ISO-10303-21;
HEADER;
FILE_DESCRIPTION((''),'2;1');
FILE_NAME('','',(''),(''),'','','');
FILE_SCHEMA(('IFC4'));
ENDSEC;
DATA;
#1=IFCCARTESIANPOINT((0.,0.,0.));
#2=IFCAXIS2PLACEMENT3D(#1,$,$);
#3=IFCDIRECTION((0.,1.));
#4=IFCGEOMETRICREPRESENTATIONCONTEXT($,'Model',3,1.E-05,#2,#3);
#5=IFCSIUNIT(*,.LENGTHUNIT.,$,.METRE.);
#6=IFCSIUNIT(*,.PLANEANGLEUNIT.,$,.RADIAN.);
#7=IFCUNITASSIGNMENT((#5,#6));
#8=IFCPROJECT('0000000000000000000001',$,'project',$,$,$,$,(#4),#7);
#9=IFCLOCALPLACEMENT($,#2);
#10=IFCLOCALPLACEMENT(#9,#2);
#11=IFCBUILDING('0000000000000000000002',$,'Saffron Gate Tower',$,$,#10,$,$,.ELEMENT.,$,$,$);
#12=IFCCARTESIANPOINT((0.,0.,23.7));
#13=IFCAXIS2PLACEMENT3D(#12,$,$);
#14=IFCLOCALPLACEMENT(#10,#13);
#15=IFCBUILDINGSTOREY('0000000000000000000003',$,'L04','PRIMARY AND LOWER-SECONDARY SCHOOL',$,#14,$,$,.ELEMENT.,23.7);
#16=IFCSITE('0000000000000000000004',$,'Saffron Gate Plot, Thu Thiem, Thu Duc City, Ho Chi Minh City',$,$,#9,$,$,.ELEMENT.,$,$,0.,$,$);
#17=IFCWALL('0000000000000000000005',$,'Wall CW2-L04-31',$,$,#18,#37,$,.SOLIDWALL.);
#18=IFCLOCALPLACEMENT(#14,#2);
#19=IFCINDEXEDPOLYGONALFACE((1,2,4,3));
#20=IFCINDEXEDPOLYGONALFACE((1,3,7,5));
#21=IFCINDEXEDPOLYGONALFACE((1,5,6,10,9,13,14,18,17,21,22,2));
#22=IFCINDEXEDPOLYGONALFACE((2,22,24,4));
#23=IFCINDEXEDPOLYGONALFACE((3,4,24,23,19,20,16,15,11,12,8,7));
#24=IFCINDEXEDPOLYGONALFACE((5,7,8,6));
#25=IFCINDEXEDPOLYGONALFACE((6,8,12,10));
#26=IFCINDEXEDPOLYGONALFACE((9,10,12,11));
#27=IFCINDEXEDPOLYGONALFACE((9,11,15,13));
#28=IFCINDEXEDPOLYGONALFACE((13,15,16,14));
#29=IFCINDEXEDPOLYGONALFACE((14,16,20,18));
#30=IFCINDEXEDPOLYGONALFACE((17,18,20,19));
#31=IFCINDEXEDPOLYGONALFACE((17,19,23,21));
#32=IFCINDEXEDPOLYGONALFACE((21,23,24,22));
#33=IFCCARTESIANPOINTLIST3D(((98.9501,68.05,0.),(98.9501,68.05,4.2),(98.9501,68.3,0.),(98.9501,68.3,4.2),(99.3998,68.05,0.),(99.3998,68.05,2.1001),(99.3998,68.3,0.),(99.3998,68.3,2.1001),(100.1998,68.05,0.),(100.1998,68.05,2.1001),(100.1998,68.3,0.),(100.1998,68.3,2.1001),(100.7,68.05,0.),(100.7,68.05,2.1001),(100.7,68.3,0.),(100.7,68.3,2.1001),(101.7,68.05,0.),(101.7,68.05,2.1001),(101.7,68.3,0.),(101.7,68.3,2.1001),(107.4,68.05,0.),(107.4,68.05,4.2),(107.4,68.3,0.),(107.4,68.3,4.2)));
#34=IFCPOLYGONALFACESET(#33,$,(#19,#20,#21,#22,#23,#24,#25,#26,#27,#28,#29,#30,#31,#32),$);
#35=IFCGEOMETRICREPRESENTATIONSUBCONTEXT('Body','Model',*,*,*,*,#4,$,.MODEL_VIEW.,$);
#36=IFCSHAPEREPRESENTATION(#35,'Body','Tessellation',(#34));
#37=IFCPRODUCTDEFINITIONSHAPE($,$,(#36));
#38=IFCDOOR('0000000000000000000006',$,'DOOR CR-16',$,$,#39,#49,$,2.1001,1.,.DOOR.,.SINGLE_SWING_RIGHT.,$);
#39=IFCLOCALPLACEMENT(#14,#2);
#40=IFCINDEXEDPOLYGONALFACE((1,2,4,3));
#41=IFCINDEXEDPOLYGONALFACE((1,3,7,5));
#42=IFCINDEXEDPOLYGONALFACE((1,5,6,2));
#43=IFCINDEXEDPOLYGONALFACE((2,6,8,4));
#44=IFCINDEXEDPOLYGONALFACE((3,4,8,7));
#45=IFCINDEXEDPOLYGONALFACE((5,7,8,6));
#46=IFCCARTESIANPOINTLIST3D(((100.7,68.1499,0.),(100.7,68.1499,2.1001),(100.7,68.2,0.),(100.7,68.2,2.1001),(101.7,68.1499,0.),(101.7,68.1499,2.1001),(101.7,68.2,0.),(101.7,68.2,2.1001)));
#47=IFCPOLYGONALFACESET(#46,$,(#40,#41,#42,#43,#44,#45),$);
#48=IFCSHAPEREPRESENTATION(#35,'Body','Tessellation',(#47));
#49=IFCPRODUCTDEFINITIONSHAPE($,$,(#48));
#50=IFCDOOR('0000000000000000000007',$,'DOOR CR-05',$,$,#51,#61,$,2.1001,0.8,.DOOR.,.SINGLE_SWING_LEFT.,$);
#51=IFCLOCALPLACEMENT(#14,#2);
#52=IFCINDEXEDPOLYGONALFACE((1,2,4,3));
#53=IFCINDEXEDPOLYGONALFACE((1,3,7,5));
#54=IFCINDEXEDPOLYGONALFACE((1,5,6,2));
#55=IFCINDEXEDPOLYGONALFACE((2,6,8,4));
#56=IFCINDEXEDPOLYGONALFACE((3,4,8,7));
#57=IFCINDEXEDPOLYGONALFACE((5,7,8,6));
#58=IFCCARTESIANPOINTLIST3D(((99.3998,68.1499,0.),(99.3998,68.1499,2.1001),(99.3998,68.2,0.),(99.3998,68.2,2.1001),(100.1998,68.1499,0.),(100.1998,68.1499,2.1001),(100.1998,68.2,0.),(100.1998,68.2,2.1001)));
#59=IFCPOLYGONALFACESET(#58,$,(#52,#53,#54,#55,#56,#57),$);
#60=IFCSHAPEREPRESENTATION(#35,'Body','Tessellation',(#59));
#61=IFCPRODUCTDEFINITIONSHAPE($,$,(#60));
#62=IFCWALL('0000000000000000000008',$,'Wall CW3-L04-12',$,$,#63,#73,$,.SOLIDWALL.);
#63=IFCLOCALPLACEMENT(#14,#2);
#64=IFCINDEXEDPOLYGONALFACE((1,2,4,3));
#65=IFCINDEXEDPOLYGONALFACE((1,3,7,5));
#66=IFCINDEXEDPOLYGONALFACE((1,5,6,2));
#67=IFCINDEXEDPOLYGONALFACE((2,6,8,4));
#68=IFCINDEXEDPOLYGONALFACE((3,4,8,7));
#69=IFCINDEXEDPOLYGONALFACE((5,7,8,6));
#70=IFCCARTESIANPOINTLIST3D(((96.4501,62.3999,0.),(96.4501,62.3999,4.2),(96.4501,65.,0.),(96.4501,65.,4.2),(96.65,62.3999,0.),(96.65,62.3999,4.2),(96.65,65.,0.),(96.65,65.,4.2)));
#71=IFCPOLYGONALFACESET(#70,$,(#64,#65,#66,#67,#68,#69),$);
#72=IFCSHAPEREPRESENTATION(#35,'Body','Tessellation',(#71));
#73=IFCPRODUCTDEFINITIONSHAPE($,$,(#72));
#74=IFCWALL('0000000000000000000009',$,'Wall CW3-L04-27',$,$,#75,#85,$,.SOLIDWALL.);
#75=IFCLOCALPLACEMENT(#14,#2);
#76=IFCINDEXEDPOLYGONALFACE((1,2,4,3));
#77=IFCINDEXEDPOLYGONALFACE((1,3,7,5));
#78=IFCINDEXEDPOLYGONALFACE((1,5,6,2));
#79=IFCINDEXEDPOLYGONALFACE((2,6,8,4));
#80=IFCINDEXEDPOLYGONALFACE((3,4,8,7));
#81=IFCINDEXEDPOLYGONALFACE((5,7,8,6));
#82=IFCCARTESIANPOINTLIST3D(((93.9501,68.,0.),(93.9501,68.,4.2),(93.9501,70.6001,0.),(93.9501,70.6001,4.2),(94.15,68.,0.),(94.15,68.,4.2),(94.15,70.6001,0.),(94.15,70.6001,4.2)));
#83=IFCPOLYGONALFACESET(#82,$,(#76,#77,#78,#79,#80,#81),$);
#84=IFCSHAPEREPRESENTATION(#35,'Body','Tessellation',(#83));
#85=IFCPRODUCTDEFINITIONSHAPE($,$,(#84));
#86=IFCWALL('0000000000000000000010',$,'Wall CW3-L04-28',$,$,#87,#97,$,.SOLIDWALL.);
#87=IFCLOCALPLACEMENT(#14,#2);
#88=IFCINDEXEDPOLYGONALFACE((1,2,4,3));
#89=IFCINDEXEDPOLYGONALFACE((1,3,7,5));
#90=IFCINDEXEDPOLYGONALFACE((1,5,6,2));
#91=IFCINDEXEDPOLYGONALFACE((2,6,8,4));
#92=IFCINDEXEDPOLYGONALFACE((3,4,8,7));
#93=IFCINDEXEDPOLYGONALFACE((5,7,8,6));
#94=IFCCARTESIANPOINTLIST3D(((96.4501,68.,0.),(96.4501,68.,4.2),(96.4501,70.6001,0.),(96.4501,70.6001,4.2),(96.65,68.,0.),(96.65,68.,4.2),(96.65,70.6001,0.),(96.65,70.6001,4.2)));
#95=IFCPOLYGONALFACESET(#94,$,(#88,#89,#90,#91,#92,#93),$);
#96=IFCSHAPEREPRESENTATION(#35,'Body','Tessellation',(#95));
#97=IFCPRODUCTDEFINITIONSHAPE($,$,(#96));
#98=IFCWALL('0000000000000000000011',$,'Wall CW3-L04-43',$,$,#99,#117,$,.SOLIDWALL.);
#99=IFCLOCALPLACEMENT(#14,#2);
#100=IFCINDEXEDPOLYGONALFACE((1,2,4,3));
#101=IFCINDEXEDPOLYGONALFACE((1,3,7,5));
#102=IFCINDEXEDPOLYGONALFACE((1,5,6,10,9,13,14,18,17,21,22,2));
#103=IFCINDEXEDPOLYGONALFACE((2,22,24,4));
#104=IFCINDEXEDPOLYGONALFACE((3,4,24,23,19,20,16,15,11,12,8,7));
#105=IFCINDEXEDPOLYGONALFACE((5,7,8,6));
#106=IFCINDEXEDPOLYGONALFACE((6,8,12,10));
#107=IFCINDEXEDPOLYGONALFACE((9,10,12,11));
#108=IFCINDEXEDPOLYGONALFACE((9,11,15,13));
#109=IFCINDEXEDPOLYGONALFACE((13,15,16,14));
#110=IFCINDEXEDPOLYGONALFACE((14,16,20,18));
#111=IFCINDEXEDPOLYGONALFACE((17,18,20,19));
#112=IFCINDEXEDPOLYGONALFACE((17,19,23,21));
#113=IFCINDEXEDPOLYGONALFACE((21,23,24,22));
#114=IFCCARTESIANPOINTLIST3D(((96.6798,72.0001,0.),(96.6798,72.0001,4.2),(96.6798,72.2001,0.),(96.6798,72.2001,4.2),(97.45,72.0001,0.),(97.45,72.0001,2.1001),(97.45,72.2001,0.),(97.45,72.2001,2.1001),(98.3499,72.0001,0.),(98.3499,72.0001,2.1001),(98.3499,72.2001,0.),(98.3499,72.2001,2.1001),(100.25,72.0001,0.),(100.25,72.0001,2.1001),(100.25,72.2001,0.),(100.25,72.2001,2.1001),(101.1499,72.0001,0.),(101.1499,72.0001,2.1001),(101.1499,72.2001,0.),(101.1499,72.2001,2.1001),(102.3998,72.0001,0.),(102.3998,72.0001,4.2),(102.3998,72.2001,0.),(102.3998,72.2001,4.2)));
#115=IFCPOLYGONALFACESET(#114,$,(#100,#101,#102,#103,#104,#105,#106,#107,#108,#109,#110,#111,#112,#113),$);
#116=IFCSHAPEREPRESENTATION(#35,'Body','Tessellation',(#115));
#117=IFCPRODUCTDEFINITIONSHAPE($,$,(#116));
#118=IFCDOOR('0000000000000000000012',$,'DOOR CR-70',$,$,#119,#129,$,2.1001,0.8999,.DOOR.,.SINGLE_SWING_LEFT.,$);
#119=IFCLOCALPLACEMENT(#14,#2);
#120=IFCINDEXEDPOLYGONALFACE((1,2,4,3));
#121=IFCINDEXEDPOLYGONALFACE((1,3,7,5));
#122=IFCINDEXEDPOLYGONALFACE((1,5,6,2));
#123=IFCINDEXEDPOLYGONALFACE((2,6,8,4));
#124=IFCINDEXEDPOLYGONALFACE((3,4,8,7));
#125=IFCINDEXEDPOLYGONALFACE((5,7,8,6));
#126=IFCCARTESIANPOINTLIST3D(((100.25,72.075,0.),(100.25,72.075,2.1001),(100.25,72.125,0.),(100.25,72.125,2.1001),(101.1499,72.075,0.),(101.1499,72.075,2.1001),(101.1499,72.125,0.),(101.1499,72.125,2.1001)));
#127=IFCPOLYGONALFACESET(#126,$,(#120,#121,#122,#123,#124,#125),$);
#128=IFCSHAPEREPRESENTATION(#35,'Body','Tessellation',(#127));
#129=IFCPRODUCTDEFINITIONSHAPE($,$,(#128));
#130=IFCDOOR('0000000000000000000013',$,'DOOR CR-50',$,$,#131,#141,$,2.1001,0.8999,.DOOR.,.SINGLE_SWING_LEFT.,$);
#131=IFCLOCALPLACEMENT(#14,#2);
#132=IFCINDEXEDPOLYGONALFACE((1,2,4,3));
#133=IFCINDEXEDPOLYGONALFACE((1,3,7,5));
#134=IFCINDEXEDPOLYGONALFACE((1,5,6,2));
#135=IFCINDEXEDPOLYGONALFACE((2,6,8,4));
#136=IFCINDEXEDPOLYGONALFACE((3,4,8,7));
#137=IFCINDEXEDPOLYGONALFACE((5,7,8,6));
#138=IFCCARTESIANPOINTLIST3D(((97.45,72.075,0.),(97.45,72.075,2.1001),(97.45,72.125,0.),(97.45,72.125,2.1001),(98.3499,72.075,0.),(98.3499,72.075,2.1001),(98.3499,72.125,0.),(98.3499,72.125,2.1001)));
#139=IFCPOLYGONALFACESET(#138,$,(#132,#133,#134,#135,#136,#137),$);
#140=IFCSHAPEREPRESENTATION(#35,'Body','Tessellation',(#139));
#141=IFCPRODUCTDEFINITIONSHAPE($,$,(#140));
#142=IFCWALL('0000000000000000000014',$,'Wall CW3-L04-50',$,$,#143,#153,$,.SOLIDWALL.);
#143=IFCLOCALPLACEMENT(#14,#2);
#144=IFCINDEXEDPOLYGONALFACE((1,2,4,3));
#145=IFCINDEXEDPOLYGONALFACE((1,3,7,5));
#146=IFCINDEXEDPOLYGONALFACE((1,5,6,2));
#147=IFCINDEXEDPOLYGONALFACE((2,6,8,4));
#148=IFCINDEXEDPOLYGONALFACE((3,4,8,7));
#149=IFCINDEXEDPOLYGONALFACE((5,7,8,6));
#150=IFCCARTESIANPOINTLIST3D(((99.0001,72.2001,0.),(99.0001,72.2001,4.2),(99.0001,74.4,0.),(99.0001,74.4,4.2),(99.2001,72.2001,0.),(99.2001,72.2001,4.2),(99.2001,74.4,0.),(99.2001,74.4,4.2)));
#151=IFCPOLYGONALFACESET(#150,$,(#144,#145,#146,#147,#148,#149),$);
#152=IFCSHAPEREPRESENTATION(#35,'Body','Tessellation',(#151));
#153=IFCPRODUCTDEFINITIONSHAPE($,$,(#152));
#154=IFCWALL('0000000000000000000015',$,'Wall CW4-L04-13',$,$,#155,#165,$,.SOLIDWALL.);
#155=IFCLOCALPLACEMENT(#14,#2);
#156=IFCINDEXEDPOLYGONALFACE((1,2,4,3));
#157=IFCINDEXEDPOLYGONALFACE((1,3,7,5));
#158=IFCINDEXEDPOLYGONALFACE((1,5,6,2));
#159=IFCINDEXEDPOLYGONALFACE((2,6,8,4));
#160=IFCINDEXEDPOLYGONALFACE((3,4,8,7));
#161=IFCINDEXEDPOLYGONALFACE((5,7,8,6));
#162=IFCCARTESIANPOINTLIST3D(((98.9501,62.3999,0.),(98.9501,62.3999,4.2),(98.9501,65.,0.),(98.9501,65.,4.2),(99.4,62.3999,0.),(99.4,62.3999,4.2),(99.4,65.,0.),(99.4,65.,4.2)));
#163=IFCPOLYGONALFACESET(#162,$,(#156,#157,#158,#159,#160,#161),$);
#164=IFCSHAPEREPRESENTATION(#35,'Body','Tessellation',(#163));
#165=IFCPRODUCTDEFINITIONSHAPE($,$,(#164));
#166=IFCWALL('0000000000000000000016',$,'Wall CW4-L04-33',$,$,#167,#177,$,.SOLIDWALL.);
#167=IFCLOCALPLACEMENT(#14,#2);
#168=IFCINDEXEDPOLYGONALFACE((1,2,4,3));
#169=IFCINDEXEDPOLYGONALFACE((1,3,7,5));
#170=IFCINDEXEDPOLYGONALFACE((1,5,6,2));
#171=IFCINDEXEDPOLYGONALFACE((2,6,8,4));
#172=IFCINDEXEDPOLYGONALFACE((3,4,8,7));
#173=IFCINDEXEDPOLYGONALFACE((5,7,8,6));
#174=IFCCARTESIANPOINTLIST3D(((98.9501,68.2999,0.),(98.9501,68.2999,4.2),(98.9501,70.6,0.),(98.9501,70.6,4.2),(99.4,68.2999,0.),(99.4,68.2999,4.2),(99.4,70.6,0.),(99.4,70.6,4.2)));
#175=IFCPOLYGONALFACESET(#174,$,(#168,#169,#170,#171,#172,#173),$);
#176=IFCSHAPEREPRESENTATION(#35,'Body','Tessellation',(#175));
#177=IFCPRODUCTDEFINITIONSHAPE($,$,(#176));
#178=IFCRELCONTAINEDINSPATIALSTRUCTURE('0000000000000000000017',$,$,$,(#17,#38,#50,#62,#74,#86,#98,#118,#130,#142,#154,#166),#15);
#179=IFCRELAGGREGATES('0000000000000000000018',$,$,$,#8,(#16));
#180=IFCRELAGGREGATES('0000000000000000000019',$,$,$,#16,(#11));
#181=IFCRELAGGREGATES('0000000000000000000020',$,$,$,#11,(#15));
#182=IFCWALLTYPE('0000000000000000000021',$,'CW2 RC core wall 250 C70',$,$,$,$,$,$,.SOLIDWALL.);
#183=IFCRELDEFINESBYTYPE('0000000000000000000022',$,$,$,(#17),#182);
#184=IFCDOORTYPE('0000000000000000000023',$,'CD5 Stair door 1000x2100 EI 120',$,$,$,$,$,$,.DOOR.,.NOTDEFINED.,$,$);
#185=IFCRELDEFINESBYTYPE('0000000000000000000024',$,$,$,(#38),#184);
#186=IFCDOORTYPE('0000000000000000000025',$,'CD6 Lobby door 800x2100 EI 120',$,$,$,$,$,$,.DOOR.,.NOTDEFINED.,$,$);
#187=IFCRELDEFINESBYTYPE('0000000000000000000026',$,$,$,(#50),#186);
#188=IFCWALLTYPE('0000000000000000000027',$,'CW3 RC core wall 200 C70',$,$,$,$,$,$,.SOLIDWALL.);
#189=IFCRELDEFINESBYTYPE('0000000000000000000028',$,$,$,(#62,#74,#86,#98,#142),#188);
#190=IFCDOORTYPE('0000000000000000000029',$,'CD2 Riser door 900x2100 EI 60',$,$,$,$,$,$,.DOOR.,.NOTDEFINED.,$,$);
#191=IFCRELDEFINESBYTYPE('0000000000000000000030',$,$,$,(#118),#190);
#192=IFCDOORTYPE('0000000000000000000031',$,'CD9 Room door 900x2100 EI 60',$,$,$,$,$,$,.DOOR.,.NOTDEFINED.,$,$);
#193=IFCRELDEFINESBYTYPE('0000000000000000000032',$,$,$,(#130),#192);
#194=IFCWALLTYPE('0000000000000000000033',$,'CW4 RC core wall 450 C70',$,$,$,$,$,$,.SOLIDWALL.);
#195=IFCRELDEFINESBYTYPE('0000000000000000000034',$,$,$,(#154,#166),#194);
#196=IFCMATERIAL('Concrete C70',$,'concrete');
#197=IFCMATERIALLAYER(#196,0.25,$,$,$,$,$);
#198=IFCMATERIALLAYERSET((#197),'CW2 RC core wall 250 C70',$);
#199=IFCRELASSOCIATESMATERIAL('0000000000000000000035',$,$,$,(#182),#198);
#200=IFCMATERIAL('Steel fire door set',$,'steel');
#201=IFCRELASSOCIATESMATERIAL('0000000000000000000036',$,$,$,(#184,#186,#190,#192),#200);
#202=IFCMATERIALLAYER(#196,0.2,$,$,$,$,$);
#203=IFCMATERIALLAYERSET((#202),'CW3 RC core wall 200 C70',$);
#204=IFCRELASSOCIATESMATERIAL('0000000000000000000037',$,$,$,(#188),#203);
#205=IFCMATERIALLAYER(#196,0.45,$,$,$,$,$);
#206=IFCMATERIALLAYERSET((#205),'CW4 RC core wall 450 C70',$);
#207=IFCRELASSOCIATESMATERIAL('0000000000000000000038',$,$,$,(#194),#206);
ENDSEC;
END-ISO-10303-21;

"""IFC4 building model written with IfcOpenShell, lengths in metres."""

from ifc_helpers import new_model, si_unit, direction, frame, frame_2d, origin, place, context, subcontext, project, spatial, rectangle, extrude, material, layer, layer_set, type_object, element, fill, save


model = new_model("IFC4")

# Units and contexts
model_context = context("Model", 3, precision=1e-05, world=origin(), true_north=direction((0.0, 1.0)))
body_context = subcontext(model_context, "Body", "Model", "MODEL_VIEW")
ifc_project = project(units=[si_unit("LENGTHUNIT", "METRE"), si_unit("PLANEANGLEUNIT", "RADIAN")], contexts=[model_context])

# Site, building, storey
site_placement = place(None, origin())
site = spatial("IfcSite", under=ifc_project, at=site_placement, Name="Saffron Gate Plot, Thu Thiem, Thu Duc City, Ho Chi Minh City", CompositionType="ELEMENT", RefElevation=0.0)
building_placement = place(site_placement, origin())
building = spatial("IfcBuilding", under=site, at=building_placement, Name="Saffron Gate Tower", CompositionType="ELEMENT")
storey_placement = place(building_placement, frame((0.0, 0.0, 23.7)))
storey = spatial("IfcBuildingStorey", under=building, at=storey_placement, Name="L04", Description="PRIMARY AND LOWER-SECONDARY SCHOOL", CompositionType="ELEMENT", Elevation=23.7)

# Wall, openings, doors
ifc_material_1 = material(Name="Concrete C70", Category="concrete")
ifc_layer_1 = layer(ifc_material_1, 0.25)
ifc_layer_set_1 = layer_set([ifc_layer_1], Name="CW2 RC core wall 250 C70")
wall_type_1 = type_object("IfcWallType", Name="CW2 RC core wall 250 C70", PredefinedType="SOLIDWALL", material=ifc_layer_set_1)
wall_1_placement = place(storey_placement, frame((98.95, 68.175, 0.0), z_axis=(0.0, 0.0, 1.0), x_axis=(1.0, 0.0, 0.0)))
wall_1 = element("IfcWall", 1, at=wall_1_placement, inside=storey, type_object=wall_type_1, Name="Wall CW2-L04-31", PredefinedType="SOLIDWALL", context=body_context, shape_type="SweptSolid", body=[
    extrude(rectangle(XDim=8.45, YDim=0.25, at=frame_2d((4.2251, 0.0))), origin(), (0.0, 0.0, 1.0), 4.2),
])
opening_1_placement = place(wall_1_placement, frame((0.45, 0.0, 0.0)))
opening_1 = element("IfcOpeningElement", 2, at=opening_1_placement, cuts=wall_1, PredefinedType="OPENING", context=body_context, shape_type="SweptSolid", body=[
    extrude(rectangle(XDim=0.8, YDim=2.1001, at=frame_2d((0.3999, 1.05))), frame((0.0, 0.135, 0.0), z_axis=(0.0, -1.0, 0.0), x_axis=(1.0, 0.0, 0.0)), (0.0, 0.0, 1.0), 0.27),
])
opening_2_placement = place(wall_1_placement, frame((1.75, 0.0, 0.0)))
opening_2 = element("IfcOpeningElement", 3, at=opening_2_placement, cuts=wall_1, PredefinedType="OPENING", context=body_context, shape_type="SweptSolid", body=[
    extrude(rectangle(XDim=1.0, YDim=2.1001, at=frame_2d((0.5, 1.05))), frame((0.0, 0.135, 0.0), z_axis=(0.0, -1.0, 0.0), x_axis=(1.0, 0.0, 0.0)), (0.0, 0.0, 1.0), 0.27),
])
ifc_material_2 = material(Name="Steel fire door set", Category="steel")
door_type_1 = type_object("IfcDoorType", Name="CD5 Stair door 1000x2100 EI 120", OperationType="NOTDEFINED", PredefinedType="DOOR", material=ifc_material_2)
door_1_placement = place(opening_2_placement, origin())
door_1 = element("IfcDoor", 4, at=door_1_placement, inside=storey, type_object=door_type_1, Name="DOOR CR-16", OperationType="SINGLE_SWING_RIGHT", OverallHeight=2.1001, OverallWidth=1.0, PredefinedType="DOOR", context=body_context, shape_type="SweptSolid", body=[
    extrude(rectangle(XDim=1.0, YDim=2.1001, at=frame_2d((0.5, 1.05))), frame((0.0, 0.0249, 0.0), z_axis=(0.0, -1.0, 0.0), x_axis=(1.0, 0.0, 0.0)), (0.0, 0.0, 1.0), 0.05),
])
fill(opening_2, door_1)
door_type_2 = type_object("IfcDoorType", Name="CD6 Lobby door 800x2100 EI 120", OperationType="NOTDEFINED", PredefinedType="DOOR", material=ifc_material_2)
door_2_placement = place(opening_1_placement, origin())
door_2 = element("IfcDoor", 5, at=door_2_placement, inside=storey, type_object=door_type_2, Name="DOOR CR-05", OperationType="SINGLE_SWING_LEFT", OverallHeight=2.1001, OverallWidth=0.8, PredefinedType="DOOR", context=body_context, shape_type="SweptSolid", body=[
    extrude(rectangle(XDim=0.8, YDim=2.1001, at=frame_2d((0.3999, 1.05))), frame((0.0, 0.0249, 0.0), z_axis=(0.0, -1.0, 0.0), x_axis=(1.0, 0.0, 0.0)), (0.0, 0.0, 1.0), 0.05),
])
fill(opening_1, door_2)

# Walls
ifc_layer_2 = layer(ifc_material_1, 0.2)
ifc_layer_set_2 = layer_set([ifc_layer_2], Name="CW3 RC core wall 200 C70")
wall_type_2 = type_object("IfcWallType", Name="CW3 RC core wall 200 C70", PredefinedType="SOLIDWALL", material=ifc_layer_set_2)
for number, where, z_axis, x_axis, name in (
    (6, (96.55, 62.3999, 0.0), (0.0, 0.0, 1.0), (0.0, 1.0, 0.0), "Wall CW3-L04-12"),
    (7, (94.05, 68.0, 0.0), (0.0, 0.0, 1.0), (0.0, 1.0, 0.0), "Wall CW3-L04-27"),
    (8, (96.55, 68.0, 0.0), (0.0, 0.0, 1.0), (0.0, 1.0, 0.0), "Wall CW3-L04-28"),
):
    element("IfcWall", number, at=place(storey_placement, frame(where, z_axis=z_axis, x_axis=x_axis)), inside=storey, type_object=wall_type_2, Name=name, PredefinedType="SOLIDWALL", context=body_context, shape_type="SweptSolid", body=[
        extrude(rectangle(XDim=2.6001, YDim=0.2, at=frame_2d((1.3, 0.0))), origin(), (0.0, 0.0, 1.0), 4.2),
    ])

# Wall, openings, doors
wall_2_placement = place(storey_placement, frame((96.6799, 72.1001, 0.0), z_axis=(0.0, 0.0, 1.0), x_axis=(1.0, 0.0, 0.0)))
wall_2 = element("IfcWall", 9, at=wall_2_placement, inside=storey, type_object=wall_type_2, Name="Wall CW3-L04-43", PredefinedType="SOLIDWALL", context=body_context, shape_type="SweptSolid", body=[
    extrude(rectangle(XDim=5.72, YDim=0.2, at=frame_2d((2.8599, 0.0))), origin(), (0.0, 0.0, 1.0), 4.2),
])
opening_3_placement = place(wall_2_placement, frame((0.77, 0.0, 0.0)))
opening_3 = element("IfcOpeningElement", 10, at=opening_3_placement, cuts=wall_2, PredefinedType="OPENING", context=body_context, shape_type="SweptSolid", body=[
    extrude(rectangle(XDim=0.8999, YDim=2.1001, at=frame_2d((0.45, 1.05))), frame((0.0, 0.1099, 0.0), z_axis=(0.0, -1.0, 0.0), x_axis=(1.0, 0.0, 0.0)), (0.0, 0.0, 1.0), 0.22),
])
opening_4_placement = place(wall_2_placement, frame((3.5701, 0.0, 0.0)))
opening_4 = element("IfcOpeningElement", 11, at=opening_4_placement, cuts=wall_2, PredefinedType="OPENING", context=body_context, shape_type="SweptSolid", body=[
    extrude(rectangle(XDim=0.8999, YDim=2.1001, at=frame_2d((0.45, 1.05))), frame((0.0, 0.1099, 0.0), z_axis=(0.0, -1.0, 0.0), x_axis=(1.0, 0.0, 0.0)), (0.0, 0.0, 1.0), 0.22),
])
door_type_3 = type_object("IfcDoorType", Name="CD2 Riser door 900x2100 EI 60", OperationType="NOTDEFINED", PredefinedType="DOOR", material=ifc_material_2)
door_3_placement = place(opening_4_placement, origin())
door_3 = element("IfcDoor", 12, at=door_3_placement, inside=storey, type_object=door_type_3, Name="DOOR CR-70", OperationType="SINGLE_SWING_LEFT", OverallHeight=2.1001, OverallWidth=0.8999, PredefinedType="DOOR", context=body_context, shape_type="SweptSolid", body=[
    extrude(rectangle(XDim=0.8999, YDim=2.1001, at=frame_2d((0.45, 1.05))), frame((0.0, 0.0249, 0.0), z_axis=(0.0, -1.0, 0.0), x_axis=(1.0, 0.0, 0.0)), (0.0, 0.0, 1.0), 0.05),
])
fill(opening_4, door_3)
door_type_4 = type_object("IfcDoorType", Name="CD9 Room door 900x2100 EI 60", OperationType="NOTDEFINED", PredefinedType="DOOR", material=ifc_material_2)
door_4_placement = place(opening_3_placement, origin())
door_4 = element("IfcDoor", 13, at=door_4_placement, inside=storey, type_object=door_type_4, Name="DOOR CR-50", OperationType="SINGLE_SWING_LEFT", OverallHeight=2.1001, OverallWidth=0.8999, PredefinedType="DOOR", context=body_context, shape_type="SweptSolid", body=[
    extrude(rectangle(XDim=0.8999, YDim=2.1001, at=frame_2d((0.45, 1.05))), frame((0.0, 0.0249, 0.0), z_axis=(0.0, -1.0, 0.0), x_axis=(1.0, 0.0, 0.0)), (0.0, 0.0, 1.0), 0.05),
])
fill(opening_3, door_4)

# Walls
wall_3_placement = place(storey_placement, frame((99.1001, 72.2, 0.0), z_axis=(0.0, 0.0, 1.0), x_axis=(0.0, 1.0, 0.0)))
element("IfcWall", 14, at=wall_3_placement, inside=storey, type_object=wall_type_2, Name="Wall CW3-L04-50", PredefinedType="SOLIDWALL", context=body_context, shape_type="SweptSolid", body=[
    extrude(rectangle(XDim=2.2, YDim=0.2, at=frame_2d((1.1001, 0.0))), origin(), (0.0, 0.0, 1.0), 4.2),
])
ifc_layer_3 = layer(ifc_material_1, 0.45)
ifc_layer_set_3 = layer_set([ifc_layer_3], Name="CW4 RC core wall 450 C70")
wall_type_3 = type_object("IfcWallType", Name="CW4 RC core wall 450 C70", PredefinedType="SOLIDWALL", material=ifc_layer_set_3)
wall_4_placement = place(storey_placement, frame((99.175, 62.3999, 0.0), z_axis=(0.0, 0.0, 1.0), x_axis=(0.0, 1.0, 0.0)))
element("IfcWall", 15, at=wall_4_placement, inside=storey, type_object=wall_type_3, Name="Wall CW4-L04-13", PredefinedType="SOLIDWALL", context=body_context, shape_type="SweptSolid", body=[
    extrude(rectangle(XDim=2.6001, YDim=0.45, at=frame_2d((1.3, 0.0))), origin(), (0.0, 0.0, 1.0), 4.2),
])
wall_5_placement = place(storey_placement, frame((99.175, 68.3, 0.0), z_axis=(0.0, 0.0, 1.0), x_axis=(0.0, 1.0, 0.0)))
element("IfcWall", 16, at=wall_5_placement, inside=storey, type_object=wall_type_3, Name="Wall CW4-L04-33", PredefinedType="SOLIDWALL", context=body_context, shape_type="SweptSolid", body=[
    extrude(rectangle(XDim=2.3, YDim=0.45, at=frame_2d((1.1499, 0.0))), origin(), (0.0, 0.0, 1.0), 4.2),
])

save(model, "model.ifc")
